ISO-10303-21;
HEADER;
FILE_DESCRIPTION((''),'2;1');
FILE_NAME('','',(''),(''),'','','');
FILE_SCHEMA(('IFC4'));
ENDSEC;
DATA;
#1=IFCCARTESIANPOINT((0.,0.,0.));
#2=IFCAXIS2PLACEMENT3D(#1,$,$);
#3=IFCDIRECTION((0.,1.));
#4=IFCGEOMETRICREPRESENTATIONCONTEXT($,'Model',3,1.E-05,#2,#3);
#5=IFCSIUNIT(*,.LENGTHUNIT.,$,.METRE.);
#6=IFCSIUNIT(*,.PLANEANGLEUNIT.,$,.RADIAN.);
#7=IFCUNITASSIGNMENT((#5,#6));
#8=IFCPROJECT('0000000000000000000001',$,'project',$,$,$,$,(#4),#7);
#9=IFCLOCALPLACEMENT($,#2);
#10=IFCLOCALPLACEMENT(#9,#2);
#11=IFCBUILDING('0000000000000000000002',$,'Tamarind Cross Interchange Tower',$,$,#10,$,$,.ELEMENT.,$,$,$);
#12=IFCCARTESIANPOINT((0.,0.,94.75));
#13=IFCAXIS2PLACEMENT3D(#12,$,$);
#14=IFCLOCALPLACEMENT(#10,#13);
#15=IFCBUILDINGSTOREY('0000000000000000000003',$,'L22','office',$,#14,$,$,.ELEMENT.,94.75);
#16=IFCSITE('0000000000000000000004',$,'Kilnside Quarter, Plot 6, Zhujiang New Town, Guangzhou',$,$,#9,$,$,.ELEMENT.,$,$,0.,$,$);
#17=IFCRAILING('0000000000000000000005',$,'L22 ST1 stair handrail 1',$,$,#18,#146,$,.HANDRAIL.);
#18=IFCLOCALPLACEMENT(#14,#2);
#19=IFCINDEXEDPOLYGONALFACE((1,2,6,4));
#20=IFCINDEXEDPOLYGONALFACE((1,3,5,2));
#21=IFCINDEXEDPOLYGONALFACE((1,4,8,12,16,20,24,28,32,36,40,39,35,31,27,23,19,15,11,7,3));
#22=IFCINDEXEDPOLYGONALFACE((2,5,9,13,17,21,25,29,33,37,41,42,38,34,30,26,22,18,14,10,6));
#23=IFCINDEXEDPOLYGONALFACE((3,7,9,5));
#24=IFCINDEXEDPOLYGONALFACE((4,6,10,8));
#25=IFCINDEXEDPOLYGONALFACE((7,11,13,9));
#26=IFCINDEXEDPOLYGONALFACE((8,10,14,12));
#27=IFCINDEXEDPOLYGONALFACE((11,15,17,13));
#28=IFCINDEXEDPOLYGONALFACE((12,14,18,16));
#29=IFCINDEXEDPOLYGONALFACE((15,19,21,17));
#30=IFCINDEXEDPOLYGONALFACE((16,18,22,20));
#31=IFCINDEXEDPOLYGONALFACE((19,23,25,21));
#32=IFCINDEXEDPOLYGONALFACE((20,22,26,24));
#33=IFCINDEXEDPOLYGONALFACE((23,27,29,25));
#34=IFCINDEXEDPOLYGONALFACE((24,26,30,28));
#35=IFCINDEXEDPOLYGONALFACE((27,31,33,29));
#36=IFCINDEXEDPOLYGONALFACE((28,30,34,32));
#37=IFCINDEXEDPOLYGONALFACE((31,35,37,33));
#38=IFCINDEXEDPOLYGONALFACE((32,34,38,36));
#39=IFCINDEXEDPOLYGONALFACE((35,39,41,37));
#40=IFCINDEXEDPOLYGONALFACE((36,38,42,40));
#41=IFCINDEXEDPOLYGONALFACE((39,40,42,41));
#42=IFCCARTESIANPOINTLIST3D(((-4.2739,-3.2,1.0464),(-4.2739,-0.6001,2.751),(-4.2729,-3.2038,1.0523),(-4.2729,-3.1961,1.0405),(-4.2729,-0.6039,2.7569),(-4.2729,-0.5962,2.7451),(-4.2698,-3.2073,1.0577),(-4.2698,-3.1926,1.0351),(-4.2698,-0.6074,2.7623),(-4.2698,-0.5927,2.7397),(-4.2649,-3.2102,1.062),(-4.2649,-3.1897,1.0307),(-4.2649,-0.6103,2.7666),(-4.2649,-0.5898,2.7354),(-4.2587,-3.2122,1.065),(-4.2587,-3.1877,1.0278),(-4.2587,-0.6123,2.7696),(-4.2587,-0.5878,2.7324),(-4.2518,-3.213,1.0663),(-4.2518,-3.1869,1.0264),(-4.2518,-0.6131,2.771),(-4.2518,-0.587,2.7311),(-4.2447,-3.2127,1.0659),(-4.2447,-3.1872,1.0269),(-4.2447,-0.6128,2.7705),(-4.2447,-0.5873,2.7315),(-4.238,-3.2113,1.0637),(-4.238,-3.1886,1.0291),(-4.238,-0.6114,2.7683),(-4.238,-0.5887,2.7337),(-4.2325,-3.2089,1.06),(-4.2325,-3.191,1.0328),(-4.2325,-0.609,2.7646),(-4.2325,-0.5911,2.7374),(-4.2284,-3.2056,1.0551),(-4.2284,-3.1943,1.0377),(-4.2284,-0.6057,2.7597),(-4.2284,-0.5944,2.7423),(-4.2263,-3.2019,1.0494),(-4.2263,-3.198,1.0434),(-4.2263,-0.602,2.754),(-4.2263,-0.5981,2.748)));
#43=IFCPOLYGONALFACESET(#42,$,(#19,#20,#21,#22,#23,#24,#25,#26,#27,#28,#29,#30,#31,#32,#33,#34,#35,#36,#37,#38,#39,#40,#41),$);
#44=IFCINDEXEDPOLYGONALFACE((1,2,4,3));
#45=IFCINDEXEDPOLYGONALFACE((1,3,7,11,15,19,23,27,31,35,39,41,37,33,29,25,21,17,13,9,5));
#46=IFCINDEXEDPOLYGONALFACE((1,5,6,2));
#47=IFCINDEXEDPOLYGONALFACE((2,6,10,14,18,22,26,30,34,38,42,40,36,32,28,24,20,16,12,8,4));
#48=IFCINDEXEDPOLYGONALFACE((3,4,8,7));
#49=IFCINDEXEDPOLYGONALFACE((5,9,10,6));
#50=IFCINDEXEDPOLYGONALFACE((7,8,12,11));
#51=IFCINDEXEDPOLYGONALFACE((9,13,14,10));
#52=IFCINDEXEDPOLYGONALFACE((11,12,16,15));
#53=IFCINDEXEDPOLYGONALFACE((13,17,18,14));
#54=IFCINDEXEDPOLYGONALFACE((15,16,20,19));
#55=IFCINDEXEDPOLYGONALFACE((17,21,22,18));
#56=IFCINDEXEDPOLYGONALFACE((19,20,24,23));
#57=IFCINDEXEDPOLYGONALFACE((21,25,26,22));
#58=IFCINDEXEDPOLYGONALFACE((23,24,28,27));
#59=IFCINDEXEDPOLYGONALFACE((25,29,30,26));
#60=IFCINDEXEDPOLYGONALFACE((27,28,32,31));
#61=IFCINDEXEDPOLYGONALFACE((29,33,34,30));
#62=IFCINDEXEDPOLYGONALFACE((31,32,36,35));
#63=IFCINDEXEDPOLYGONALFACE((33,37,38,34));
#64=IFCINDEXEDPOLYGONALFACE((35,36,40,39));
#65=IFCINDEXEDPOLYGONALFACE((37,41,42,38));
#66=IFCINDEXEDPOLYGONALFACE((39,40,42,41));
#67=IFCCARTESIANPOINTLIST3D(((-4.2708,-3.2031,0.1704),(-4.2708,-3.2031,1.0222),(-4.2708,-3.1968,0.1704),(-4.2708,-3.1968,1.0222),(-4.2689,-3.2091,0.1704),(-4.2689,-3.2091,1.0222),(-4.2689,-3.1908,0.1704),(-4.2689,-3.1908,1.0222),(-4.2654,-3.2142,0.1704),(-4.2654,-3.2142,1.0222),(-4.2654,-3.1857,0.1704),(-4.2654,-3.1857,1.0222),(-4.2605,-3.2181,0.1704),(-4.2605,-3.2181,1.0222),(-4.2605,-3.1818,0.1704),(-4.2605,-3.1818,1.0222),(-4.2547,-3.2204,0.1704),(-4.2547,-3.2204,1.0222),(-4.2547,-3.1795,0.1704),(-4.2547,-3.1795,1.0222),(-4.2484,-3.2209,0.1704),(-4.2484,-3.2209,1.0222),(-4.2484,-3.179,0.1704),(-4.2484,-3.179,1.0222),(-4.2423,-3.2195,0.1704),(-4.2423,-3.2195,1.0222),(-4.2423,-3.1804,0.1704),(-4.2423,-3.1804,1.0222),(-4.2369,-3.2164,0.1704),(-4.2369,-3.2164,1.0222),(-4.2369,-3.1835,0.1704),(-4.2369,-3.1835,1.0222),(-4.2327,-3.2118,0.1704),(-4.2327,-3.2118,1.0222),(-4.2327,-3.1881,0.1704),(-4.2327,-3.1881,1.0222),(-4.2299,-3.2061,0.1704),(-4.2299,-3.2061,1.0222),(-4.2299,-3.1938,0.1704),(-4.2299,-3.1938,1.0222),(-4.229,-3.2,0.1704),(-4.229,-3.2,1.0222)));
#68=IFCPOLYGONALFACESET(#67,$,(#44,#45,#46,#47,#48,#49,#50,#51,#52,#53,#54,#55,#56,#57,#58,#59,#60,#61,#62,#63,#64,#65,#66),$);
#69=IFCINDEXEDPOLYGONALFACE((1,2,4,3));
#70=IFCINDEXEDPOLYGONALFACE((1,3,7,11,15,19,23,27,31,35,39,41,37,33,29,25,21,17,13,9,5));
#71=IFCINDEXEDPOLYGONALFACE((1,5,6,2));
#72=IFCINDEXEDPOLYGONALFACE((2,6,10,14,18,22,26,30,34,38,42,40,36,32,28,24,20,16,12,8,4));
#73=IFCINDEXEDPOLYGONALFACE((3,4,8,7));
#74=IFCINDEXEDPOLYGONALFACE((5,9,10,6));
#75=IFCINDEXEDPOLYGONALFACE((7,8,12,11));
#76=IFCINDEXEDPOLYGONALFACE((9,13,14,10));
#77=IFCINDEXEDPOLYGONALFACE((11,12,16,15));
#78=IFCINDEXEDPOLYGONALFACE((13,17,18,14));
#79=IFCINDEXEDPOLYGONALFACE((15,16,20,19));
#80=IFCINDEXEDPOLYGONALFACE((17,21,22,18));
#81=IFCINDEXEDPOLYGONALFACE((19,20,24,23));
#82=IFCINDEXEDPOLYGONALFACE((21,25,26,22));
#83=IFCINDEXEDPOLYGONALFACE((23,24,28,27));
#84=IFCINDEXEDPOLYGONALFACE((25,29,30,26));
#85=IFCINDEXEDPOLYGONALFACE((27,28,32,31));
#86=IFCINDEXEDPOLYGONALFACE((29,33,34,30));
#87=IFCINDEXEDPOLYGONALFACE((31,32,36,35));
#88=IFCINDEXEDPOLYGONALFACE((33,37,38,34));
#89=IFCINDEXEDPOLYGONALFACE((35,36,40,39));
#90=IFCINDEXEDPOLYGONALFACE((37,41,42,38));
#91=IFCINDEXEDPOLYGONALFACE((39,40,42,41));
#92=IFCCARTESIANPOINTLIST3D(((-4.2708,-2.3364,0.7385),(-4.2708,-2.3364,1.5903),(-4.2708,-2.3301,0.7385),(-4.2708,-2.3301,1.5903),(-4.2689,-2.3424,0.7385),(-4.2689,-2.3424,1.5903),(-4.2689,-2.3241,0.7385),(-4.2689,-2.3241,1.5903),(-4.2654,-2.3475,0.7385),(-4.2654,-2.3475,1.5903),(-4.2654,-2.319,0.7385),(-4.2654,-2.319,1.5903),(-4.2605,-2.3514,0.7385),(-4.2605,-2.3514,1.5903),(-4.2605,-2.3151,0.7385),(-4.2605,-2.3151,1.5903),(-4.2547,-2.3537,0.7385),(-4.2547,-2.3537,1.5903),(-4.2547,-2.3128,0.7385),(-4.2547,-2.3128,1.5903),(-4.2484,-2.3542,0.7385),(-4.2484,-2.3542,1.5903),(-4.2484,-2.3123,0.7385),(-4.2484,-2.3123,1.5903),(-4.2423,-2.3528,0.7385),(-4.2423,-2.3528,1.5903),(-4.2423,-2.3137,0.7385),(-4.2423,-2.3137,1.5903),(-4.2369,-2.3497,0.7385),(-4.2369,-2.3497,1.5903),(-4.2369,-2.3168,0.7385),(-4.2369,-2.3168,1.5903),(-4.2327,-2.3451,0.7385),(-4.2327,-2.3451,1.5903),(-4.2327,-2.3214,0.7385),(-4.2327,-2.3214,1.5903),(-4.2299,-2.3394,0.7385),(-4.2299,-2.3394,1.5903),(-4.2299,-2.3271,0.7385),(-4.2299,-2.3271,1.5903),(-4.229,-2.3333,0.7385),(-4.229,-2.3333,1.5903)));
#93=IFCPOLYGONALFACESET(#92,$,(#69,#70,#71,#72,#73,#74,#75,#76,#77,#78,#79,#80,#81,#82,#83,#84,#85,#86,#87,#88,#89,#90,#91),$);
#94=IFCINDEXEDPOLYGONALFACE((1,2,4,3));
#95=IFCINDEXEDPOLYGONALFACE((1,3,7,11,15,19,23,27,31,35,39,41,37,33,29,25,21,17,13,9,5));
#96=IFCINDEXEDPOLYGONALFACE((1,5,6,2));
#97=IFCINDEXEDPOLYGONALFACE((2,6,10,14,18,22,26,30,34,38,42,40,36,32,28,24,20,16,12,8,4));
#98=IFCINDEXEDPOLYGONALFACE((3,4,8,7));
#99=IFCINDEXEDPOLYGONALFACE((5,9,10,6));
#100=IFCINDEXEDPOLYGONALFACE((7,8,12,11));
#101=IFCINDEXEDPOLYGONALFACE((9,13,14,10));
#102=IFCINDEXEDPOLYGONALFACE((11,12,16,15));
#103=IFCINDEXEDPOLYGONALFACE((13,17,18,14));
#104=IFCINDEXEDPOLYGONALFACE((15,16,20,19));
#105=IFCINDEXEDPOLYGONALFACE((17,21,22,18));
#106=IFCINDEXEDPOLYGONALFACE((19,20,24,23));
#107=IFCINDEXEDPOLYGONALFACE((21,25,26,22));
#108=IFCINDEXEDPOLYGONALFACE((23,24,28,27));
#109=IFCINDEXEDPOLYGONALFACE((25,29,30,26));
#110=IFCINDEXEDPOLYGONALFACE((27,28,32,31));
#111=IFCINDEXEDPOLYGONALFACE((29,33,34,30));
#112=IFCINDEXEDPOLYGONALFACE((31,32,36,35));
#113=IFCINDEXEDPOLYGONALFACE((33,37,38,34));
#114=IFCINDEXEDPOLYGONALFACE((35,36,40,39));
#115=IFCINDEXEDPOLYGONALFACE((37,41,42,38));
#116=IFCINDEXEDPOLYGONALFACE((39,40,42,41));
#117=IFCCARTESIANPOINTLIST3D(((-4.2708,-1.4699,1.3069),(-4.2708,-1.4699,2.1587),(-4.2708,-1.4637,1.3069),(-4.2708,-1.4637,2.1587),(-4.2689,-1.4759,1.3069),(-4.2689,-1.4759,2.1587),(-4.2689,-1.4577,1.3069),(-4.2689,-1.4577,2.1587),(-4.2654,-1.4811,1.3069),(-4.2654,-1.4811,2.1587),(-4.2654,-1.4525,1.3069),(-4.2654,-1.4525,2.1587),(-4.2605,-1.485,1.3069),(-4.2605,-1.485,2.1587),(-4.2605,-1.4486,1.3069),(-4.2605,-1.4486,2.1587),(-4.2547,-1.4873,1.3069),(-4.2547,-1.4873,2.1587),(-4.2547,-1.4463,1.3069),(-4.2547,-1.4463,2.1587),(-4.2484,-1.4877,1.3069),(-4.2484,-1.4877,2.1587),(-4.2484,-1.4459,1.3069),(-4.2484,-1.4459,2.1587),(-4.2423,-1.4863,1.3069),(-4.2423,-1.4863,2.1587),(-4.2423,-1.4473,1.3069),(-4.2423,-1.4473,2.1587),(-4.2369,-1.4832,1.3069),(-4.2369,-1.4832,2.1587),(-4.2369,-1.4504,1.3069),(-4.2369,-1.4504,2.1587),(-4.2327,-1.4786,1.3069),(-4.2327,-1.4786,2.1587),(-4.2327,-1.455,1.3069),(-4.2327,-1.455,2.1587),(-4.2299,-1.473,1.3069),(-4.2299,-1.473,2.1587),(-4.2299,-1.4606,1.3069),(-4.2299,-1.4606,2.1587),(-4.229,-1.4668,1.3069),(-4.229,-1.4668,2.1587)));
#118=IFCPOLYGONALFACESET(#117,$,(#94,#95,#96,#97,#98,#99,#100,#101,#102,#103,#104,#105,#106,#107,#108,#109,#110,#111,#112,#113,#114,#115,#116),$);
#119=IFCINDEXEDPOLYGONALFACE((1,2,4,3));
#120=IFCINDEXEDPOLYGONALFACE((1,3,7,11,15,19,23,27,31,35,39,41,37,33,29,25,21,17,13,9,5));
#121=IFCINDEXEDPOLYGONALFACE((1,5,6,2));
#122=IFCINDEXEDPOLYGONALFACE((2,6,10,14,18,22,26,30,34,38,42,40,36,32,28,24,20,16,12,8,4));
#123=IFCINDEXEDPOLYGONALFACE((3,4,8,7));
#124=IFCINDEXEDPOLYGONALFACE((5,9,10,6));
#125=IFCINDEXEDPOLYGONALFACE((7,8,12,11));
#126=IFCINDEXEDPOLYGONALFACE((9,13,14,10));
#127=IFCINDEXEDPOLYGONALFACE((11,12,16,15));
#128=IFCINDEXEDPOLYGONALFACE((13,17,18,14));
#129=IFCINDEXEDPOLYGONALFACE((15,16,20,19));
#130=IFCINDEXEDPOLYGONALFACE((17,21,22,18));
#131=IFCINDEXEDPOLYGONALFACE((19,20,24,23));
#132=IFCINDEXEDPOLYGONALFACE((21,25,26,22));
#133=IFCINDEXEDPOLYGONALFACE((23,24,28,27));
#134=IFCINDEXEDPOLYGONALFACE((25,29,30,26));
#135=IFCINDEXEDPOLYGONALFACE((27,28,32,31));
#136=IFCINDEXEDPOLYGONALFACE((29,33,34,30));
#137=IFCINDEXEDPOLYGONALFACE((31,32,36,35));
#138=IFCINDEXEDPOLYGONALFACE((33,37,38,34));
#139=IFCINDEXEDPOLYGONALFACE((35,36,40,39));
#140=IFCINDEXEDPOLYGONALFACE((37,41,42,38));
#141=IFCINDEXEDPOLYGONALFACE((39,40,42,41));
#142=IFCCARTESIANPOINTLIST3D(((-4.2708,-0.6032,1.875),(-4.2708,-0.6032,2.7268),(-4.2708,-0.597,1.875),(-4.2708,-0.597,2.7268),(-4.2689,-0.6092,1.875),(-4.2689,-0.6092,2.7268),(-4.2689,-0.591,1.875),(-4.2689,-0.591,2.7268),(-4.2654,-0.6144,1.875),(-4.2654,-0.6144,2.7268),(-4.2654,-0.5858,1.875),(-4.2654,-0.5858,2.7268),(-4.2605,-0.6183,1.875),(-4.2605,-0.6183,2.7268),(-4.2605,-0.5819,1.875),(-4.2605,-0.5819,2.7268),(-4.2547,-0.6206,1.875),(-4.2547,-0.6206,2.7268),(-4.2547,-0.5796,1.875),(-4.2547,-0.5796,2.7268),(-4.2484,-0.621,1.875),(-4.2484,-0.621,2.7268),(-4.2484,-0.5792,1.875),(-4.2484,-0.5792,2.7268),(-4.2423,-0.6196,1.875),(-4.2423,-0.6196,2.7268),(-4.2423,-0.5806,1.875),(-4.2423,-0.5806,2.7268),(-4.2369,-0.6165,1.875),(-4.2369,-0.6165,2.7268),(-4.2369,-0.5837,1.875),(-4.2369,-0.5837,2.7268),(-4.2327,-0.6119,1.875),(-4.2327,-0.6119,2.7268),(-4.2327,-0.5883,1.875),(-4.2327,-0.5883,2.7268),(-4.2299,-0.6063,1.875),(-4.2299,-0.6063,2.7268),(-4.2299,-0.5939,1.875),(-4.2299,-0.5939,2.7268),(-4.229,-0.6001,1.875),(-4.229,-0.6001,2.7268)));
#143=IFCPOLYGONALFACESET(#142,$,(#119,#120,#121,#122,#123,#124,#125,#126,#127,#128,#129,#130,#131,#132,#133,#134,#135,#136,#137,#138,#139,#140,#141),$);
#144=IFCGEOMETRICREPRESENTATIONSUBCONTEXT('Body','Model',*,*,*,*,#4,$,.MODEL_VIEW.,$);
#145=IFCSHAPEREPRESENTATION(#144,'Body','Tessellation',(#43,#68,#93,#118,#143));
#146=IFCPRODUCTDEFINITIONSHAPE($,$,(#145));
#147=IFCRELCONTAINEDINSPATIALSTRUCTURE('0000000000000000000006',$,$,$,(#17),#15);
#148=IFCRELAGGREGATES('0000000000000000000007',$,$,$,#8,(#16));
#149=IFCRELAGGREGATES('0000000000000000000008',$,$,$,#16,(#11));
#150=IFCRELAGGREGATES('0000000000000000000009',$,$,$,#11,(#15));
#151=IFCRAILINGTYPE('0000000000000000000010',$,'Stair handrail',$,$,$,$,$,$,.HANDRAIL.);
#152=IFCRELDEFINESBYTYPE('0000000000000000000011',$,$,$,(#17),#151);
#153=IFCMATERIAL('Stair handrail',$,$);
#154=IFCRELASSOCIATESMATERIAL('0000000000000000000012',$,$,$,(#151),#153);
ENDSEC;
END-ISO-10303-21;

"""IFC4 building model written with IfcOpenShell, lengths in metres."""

from ifc_helpers import new_model, si_unit, direction, frame, origin, origin_2d, place, context, subcontext, project, spatial, circle, extrude, material, type_object, element, save


model = new_model("IFC4")

# Units and contexts
model_context = context("Model", 3, precision=1e-05, world=origin(), true_north=direction((0.0, 1.0)))
body_context = subcontext(model_context, "Body", "Model", "MODEL_VIEW")
ifc_project = project(units=[si_unit("LENGTHUNIT", "METRE"), si_unit("PLANEANGLEUNIT", "RADIAN")], contexts=[model_context])

# Site, building, storey
site_placement = place(None, origin())
site = spatial("IfcSite", under=ifc_project, at=site_placement, Name="Kilnside Quarter, Plot 6, Zhujiang New Town, Guangzhou", CompositionType="ELEMENT", RefElevation=0.0)
building_placement = place(site_placement, origin())
building = spatial("IfcBuilding", under=site, at=building_placement, Name="Tamarind Cross Interchange Tower", CompositionType="ELEMENT")
storey_placement = place(building_placement, frame((0.0, 0.0, 94.75)))
storey = spatial("IfcBuildingStorey", under=building, at=storey_placement, Name="L22", Description="office", CompositionType="ELEMENT", Elevation=94.75)

# Railing
ifc_material_1 = material(Name="Stair handrail")
railing_type_1 = type_object("IfcRailingType", Name="Stair handrail", PredefinedType="HANDRAIL", material=ifc_material_1)
railing_1_placement = place(storey_placement, frame((-4.25, -3.2, 0.1704)))
element("IfcRailing", 1, at=railing_1_placement, inside=storey, type_object=railing_type_1, Name="L22 ST1 stair handrail 1", PredefinedType="HANDRAIL", context=body_context, shape_type="SweptSolid", body=[
    extrude(circle(Radius=0.0239, at=origin_2d()), frame((0.0, 0.0, 0.876), z_axis=(0.0, 0.836279, 0.548305), x_axis=(-1.0, 0.0, 0.0)), (0.0, 0.0, 1.0), 3.1089),
    extrude(circle(Radius=0.021, at=origin_2d()), origin(), (0.0, 0.0, 1.0), 0.8518),
    extrude(circle(Radius=0.021, at=origin_2d()), frame((0.0, 0.8667, 0.5681)), (0.0, 0.0, 1.0), 0.8518),
    extrude(circle(Radius=0.021, at=origin_2d()), frame((0.0, 1.7332, 1.1365)), (0.0, 0.0, 1.0), 0.8518),
    extrude(circle(Radius=0.021, at=origin_2d()), frame((0.0, 2.5999, 1.7046)), (0.0, 0.0, 1.0), 0.8518),
])

save(model, "model.ifc")
